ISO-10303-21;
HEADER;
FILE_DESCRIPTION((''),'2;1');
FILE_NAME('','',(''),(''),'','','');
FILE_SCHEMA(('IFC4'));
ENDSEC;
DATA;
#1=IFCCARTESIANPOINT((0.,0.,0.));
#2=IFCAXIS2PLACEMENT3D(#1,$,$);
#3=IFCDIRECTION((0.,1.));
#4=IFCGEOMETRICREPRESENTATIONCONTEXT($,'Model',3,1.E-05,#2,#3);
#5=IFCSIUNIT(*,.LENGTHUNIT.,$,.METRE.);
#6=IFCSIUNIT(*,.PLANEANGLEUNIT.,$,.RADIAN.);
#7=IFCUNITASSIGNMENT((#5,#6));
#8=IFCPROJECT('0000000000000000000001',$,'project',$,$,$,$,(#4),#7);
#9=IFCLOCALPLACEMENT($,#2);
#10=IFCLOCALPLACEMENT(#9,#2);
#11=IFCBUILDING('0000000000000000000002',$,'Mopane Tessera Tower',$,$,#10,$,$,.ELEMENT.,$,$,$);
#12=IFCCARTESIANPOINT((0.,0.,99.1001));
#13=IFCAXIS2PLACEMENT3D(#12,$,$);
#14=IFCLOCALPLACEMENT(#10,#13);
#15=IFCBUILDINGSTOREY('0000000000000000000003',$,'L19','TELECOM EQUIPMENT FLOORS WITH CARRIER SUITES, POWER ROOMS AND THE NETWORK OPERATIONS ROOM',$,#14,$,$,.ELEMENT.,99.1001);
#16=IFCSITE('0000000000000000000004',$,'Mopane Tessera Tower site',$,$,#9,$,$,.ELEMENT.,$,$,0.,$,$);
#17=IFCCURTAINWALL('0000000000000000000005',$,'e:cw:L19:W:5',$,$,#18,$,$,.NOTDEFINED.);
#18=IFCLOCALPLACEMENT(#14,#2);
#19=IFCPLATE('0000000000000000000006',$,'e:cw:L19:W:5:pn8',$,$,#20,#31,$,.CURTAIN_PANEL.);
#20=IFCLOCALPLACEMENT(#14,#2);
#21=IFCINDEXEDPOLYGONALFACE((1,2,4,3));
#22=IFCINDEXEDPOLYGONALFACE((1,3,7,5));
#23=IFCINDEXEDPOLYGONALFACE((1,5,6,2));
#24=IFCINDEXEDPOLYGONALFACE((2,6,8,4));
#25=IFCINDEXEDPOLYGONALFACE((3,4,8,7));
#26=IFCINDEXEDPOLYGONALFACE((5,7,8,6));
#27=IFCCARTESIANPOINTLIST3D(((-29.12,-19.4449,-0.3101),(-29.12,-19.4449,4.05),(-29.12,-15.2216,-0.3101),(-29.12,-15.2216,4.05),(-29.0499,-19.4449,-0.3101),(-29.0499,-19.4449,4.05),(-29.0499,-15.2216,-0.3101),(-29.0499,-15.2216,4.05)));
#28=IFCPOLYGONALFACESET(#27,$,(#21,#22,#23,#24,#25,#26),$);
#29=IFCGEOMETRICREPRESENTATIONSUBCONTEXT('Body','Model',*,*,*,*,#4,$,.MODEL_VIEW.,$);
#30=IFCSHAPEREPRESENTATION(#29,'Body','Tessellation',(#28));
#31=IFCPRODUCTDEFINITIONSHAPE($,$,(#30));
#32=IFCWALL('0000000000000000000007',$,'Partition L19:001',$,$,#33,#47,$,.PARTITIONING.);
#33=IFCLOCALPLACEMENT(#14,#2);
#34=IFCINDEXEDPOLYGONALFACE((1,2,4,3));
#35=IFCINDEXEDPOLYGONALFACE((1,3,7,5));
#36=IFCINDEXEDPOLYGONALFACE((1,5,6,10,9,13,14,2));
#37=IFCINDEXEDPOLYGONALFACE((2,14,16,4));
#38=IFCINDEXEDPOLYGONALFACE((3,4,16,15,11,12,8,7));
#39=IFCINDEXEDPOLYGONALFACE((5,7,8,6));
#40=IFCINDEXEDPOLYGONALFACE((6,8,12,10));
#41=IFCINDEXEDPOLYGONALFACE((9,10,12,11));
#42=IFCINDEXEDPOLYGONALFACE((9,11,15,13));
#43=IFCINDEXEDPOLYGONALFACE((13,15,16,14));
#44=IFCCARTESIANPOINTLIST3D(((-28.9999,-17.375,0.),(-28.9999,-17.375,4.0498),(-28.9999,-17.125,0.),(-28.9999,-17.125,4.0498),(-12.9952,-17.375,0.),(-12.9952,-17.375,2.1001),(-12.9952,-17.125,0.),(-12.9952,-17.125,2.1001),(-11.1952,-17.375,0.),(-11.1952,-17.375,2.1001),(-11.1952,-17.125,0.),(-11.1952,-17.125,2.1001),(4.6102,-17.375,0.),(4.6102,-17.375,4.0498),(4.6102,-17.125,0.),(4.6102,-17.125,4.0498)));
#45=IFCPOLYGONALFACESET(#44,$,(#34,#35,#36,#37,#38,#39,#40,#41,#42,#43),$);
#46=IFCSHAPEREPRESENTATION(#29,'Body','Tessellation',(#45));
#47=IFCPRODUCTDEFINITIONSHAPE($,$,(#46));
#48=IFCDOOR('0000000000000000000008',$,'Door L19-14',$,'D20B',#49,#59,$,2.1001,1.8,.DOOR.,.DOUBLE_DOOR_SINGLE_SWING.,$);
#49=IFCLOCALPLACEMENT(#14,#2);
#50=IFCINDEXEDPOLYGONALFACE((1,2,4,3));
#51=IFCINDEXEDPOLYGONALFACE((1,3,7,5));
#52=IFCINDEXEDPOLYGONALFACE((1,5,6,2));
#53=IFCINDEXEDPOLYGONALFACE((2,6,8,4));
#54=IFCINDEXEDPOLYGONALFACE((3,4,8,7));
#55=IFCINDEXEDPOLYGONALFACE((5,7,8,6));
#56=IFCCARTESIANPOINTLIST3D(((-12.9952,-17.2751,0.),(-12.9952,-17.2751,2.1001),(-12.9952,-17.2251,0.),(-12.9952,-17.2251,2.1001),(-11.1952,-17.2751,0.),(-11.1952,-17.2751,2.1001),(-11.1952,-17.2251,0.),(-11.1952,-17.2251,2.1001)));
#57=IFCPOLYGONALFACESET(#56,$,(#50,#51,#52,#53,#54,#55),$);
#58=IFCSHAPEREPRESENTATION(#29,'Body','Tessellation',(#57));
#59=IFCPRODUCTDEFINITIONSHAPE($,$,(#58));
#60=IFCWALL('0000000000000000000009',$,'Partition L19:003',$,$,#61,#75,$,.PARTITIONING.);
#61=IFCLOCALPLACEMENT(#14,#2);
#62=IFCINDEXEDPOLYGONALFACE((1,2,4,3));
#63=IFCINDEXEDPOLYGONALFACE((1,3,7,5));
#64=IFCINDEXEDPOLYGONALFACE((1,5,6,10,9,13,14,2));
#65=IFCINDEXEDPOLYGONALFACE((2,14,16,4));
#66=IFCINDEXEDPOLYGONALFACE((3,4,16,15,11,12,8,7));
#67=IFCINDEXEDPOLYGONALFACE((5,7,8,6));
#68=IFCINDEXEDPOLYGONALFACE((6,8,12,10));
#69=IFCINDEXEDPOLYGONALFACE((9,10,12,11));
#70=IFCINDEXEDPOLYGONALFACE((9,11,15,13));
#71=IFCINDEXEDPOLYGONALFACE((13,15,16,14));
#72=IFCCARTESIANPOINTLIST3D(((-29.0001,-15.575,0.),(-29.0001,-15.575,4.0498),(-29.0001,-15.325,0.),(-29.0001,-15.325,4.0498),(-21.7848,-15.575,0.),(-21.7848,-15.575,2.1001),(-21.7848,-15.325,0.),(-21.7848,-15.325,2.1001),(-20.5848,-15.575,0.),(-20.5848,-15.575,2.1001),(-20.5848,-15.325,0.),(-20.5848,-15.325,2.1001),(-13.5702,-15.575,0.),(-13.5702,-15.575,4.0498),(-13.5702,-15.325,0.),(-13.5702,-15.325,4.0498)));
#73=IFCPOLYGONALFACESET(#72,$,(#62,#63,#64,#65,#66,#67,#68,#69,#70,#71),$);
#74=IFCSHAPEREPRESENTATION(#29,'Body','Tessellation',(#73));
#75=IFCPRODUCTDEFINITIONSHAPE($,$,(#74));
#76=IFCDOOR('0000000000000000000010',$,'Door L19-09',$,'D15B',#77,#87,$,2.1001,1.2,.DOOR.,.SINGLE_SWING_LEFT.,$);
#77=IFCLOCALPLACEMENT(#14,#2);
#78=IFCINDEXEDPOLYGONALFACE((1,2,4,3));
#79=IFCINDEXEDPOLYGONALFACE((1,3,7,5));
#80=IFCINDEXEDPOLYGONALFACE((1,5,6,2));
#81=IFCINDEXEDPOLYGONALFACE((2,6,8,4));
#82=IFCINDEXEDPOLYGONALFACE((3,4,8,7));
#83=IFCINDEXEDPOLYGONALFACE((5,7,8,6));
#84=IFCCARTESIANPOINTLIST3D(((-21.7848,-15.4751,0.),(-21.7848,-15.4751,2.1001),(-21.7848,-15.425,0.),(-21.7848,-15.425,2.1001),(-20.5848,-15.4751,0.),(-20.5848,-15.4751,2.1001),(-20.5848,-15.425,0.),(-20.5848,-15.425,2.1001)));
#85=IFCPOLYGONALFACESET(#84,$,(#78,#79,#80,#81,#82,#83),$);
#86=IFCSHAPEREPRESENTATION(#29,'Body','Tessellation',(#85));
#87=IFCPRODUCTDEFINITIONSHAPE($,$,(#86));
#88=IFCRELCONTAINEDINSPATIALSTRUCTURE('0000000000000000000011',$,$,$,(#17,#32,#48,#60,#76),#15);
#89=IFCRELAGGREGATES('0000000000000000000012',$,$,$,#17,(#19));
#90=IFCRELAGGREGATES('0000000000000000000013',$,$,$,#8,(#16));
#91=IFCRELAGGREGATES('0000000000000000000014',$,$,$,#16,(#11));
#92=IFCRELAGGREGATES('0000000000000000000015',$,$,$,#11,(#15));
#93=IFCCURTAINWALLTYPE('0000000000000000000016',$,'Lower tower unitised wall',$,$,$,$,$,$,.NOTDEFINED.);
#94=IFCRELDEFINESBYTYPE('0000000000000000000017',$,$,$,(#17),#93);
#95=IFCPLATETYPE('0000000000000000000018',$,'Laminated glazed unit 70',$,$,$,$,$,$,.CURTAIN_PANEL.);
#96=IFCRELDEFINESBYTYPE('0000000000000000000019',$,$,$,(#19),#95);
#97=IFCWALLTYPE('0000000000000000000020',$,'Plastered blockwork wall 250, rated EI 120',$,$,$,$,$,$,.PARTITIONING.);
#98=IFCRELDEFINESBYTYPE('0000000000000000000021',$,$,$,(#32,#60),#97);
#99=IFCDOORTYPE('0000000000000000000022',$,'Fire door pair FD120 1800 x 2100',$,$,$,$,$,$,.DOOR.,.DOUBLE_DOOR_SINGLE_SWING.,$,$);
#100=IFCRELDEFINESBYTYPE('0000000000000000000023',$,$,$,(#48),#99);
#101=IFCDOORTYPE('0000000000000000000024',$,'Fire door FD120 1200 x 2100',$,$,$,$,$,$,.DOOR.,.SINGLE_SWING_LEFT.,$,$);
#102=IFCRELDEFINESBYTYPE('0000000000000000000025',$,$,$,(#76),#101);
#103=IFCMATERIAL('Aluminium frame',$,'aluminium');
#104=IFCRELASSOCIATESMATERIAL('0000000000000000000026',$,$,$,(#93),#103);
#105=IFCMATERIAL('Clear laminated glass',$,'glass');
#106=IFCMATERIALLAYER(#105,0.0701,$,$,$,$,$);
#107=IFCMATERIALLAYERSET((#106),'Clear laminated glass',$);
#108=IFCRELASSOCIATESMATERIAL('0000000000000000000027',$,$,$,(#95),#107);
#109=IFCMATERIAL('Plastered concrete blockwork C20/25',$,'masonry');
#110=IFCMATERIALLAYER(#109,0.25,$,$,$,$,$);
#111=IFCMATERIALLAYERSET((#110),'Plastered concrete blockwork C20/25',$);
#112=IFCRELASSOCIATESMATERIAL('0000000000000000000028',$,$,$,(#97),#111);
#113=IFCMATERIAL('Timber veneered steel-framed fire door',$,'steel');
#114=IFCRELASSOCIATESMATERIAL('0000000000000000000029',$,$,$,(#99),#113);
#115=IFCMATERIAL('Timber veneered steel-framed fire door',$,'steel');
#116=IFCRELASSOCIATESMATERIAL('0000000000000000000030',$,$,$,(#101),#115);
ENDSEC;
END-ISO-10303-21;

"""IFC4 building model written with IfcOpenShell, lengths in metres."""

from ifc_helpers import new_model, si_unit, direction, frame, frame_2d, origin, origin_2d, place, context, subcontext, project, spatial, rectangle, extrude, material, layer, layer_set, type_object, element, fill, aggregate, save


model = new_model("IFC4")

# Units and contexts
model_context = context("Model", 3, precision=1e-05, world=origin(), true_north=direction((0.0, 1.0)))
body_context = subcontext(model_context, "Body", "Model", "MODEL_VIEW")
ifc_project = project(units=[si_unit("LENGTHUNIT", "METRE"), si_unit("PLANEANGLEUNIT", "RADIAN")], contexts=[model_context])

# Site, building, storey
site_placement = place(None, origin())
site = spatial("IfcSite", under=ifc_project, at=site_placement, Name="Mopane Tessera Tower site", CompositionType="ELEMENT", RefElevation=0.0)
building_placement = place(site_placement, origin())
building = spatial("IfcBuilding", under=site, at=building_placement, Name="Mopane Tessera Tower", CompositionType="ELEMENT")
storey_placement = place(building_placement, frame((0.0, 0.0, 99.1001)))
storey = spatial("IfcBuildingStorey", under=building, at=storey_placement, Name="L19", Description="TELECOM EQUIPMENT FLOORS WITH CARRIER SUITES, POWER ROOMS AND THE NETWORK OPERATIONS ROOM", CompositionType="ELEMENT", Elevation=99.1001)

# Curtain wall
ifc_material_1 = material(Name="Aluminium frame", Category="aluminium")
curtain_wall_type = type_object("IfcCurtainWallType", Name="Lower tower unitised wall", PredefinedType="NOTDEFINED", material=ifc_material_1)
curtain_wall_1_placement = place(storey_placement, origin())
curtain_wall_1 = element("IfcCurtainWall", 1, at=curtain_wall_1_placement, inside=storey, type_object=curtain_wall_type, Name="e:cw:L19:W:5", PredefinedType="NOTDEFINED")

# Plate
ifc_material_2 = material(Name="Clear laminated glass", Category="glass")
ifc_layer_1 = layer(ifc_material_2, 0.0701)
ifc_layer_set_1 = layer_set([ifc_layer_1], Name="Clear laminated glass")
plate_type = type_object("IfcPlateType", Name="Laminated glazed unit 70", PredefinedType="CURTAIN_PANEL", material=ifc_layer_set_1)
plate_1_placement = place(storey_placement, frame((-29.085, -17.3333, -0.3101), z_axis=(0.0, 0.0, 1.0), x_axis=(0.0, -1.0, 0.0)))
plate_1 = element("IfcPlate", 2, at=plate_1_placement, type_object=plate_type, Name="e:cw:L19:W:5:pn8", PredefinedType="CURTAIN_PANEL", context=body_context, shape_type="SweptSolid", body=[
    extrude(rectangle(XDim=4.2234, YDim=0.0701, at=origin_2d()), origin(), (0.0, 0.0, 1.0), 4.3601),
])
aggregate(curtain_wall_1, [plate_1])

# Walls, openings, doors
ifc_material_3 = material(Name="Plastered concrete blockwork C20/25", Category="masonry")
ifc_layer_2 = layer(ifc_material_3, 0.25)
ifc_layer_set_2 = layer_set([ifc_layer_2], Name="Plastered concrete blockwork C20/25")
wall_type = type_object("IfcWallType", Name="Plastered blockwork wall 250, rated EI 120", PredefinedType="PARTITIONING", material=ifc_layer_set_2)
wall_1_placement = place(storey_placement, frame((-29.0, -17.25, 0.0), z_axis=(0.0, 0.0, 1.0), x_axis=(1.0, 0.0, 0.0)))
wall_1 = element("IfcWall", 3, at=wall_1_placement, inside=storey, type_object=wall_type, Name="Partition L19:001", PredefinedType="PARTITIONING", context=body_context, shape_type="SweptSolid", body=[
    extrude(rectangle(XDim=33.6101, YDim=0.25, at=frame_2d((16.8052, 0.0))), origin(), (0.0, 0.0, 1.0), 4.0498),
])
opening_1_placement = place(wall_1_placement, frame((16.0049, 0.0, 0.0)))
opening_1 = element("IfcOpeningElement", 4, at=opening_1_placement, cuts=wall_1, PredefinedType="OPENING", context=body_context, shape_type="SweptSolid", body=[
    extrude(rectangle(XDim=1.8, YDim=2.1001, at=frame_2d((0.8999, 1.05))), frame((0.0, 0.137, 0.0), z_axis=(0.0, -1.0, 0.0), x_axis=(1.0, 0.0, 0.0)), (0.0, 0.0, 1.0), 0.2739),
])
ifc_material_4 = material(Name="Timber veneered steel-framed fire door", Category="steel")
door_type_1 = type_object("IfcDoorType", Name="Fire door pair FD120 1800 x 2100", OperationType="DOUBLE_DOOR_SINGLE_SWING", PredefinedType="DOOR", material=ifc_material_4)
door_1_placement = place(opening_1_placement, origin())
door_1 = element("IfcDoor", 5, at=door_1_placement, inside=storey, type_object=door_type_1, Name="Door L19-14", ObjectType="D20B", OperationType="DOUBLE_DOOR_SINGLE_SWING", OverallHeight=2.1001, OverallWidth=1.8, PredefinedType="DOOR", context=body_context, shape_type="SweptSolid", body=[
    extrude(rectangle(XDim=1.8, YDim=2.1001, at=frame_2d((0.8999, 1.05))), frame((0.0, 0.0249, 0.0), z_axis=(0.0, -1.0, 0.0), x_axis=(1.0, 0.0, 0.0)), (0.0, 0.0, 1.0), 0.05),
])
fill(opening_1, door_1)
wall_2_placement = place(storey_placement, frame((-29.0, -15.45, 0.0), z_axis=(0.0, 0.0, 1.0), x_axis=(1.0, 0.0, 0.0)))
wall_2 = element("IfcWall", 6, at=wall_2_placement, inside=storey, type_object=wall_type, Name="Partition L19:003", PredefinedType="PARTITIONING", context=body_context, shape_type="SweptSolid", body=[
    extrude(rectangle(XDim=15.4299, YDim=0.25, at=frame_2d((7.7148, 0.0))), origin(), (0.0, 0.0, 1.0), 4.0498),
])
opening_2_placement = place(wall_2_placement, frame((7.2151, 0.0, 0.0)))
opening_2 = element("IfcOpeningElement", 7, at=opening_2_placement, cuts=wall_2, PredefinedType="OPENING", context=body_context, shape_type="SweptSolid", body=[
    extrude(rectangle(XDim=1.2, YDim=2.1001, at=frame_2d((0.6001, 1.05))), frame((0.0, 0.137, 0.0), z_axis=(0.0, -1.0, 0.0), x_axis=(1.0, 0.0, 0.0)), (0.0, 0.0, 1.0), 0.2739),
])
ifc_material_5 = material(Name="Timber veneered steel-framed fire door", Category="steel")
door_type_2 = type_object("IfcDoorType", Name="Fire door FD120 1200 x 2100", OperationType="SINGLE_SWING_LEFT", PredefinedType="DOOR", material=ifc_material_5)
door_2_placement = place(opening_2_placement, origin())
door_2 = element("IfcDoor", 8, at=door_2_placement, inside=storey, type_object=door_type_2, Name="Door L19-09", ObjectType="D15B", OperationType="SINGLE_SWING_LEFT", OverallHeight=2.1001, OverallWidth=1.2, PredefinedType="DOOR", context=body_context, shape_type="SweptSolid", body=[
    extrude(rectangle(XDim=1.2, YDim=2.1001, at=frame_2d((0.6001, 1.05))), frame((0.0, 0.0249, 0.0), z_axis=(0.0, -1.0, 0.0), x_axis=(1.0, 0.0, 0.0)), (0.0, 0.0, 1.0), 0.05),
])
fill(opening_2, door_2)

save(model, "model.ifc")
